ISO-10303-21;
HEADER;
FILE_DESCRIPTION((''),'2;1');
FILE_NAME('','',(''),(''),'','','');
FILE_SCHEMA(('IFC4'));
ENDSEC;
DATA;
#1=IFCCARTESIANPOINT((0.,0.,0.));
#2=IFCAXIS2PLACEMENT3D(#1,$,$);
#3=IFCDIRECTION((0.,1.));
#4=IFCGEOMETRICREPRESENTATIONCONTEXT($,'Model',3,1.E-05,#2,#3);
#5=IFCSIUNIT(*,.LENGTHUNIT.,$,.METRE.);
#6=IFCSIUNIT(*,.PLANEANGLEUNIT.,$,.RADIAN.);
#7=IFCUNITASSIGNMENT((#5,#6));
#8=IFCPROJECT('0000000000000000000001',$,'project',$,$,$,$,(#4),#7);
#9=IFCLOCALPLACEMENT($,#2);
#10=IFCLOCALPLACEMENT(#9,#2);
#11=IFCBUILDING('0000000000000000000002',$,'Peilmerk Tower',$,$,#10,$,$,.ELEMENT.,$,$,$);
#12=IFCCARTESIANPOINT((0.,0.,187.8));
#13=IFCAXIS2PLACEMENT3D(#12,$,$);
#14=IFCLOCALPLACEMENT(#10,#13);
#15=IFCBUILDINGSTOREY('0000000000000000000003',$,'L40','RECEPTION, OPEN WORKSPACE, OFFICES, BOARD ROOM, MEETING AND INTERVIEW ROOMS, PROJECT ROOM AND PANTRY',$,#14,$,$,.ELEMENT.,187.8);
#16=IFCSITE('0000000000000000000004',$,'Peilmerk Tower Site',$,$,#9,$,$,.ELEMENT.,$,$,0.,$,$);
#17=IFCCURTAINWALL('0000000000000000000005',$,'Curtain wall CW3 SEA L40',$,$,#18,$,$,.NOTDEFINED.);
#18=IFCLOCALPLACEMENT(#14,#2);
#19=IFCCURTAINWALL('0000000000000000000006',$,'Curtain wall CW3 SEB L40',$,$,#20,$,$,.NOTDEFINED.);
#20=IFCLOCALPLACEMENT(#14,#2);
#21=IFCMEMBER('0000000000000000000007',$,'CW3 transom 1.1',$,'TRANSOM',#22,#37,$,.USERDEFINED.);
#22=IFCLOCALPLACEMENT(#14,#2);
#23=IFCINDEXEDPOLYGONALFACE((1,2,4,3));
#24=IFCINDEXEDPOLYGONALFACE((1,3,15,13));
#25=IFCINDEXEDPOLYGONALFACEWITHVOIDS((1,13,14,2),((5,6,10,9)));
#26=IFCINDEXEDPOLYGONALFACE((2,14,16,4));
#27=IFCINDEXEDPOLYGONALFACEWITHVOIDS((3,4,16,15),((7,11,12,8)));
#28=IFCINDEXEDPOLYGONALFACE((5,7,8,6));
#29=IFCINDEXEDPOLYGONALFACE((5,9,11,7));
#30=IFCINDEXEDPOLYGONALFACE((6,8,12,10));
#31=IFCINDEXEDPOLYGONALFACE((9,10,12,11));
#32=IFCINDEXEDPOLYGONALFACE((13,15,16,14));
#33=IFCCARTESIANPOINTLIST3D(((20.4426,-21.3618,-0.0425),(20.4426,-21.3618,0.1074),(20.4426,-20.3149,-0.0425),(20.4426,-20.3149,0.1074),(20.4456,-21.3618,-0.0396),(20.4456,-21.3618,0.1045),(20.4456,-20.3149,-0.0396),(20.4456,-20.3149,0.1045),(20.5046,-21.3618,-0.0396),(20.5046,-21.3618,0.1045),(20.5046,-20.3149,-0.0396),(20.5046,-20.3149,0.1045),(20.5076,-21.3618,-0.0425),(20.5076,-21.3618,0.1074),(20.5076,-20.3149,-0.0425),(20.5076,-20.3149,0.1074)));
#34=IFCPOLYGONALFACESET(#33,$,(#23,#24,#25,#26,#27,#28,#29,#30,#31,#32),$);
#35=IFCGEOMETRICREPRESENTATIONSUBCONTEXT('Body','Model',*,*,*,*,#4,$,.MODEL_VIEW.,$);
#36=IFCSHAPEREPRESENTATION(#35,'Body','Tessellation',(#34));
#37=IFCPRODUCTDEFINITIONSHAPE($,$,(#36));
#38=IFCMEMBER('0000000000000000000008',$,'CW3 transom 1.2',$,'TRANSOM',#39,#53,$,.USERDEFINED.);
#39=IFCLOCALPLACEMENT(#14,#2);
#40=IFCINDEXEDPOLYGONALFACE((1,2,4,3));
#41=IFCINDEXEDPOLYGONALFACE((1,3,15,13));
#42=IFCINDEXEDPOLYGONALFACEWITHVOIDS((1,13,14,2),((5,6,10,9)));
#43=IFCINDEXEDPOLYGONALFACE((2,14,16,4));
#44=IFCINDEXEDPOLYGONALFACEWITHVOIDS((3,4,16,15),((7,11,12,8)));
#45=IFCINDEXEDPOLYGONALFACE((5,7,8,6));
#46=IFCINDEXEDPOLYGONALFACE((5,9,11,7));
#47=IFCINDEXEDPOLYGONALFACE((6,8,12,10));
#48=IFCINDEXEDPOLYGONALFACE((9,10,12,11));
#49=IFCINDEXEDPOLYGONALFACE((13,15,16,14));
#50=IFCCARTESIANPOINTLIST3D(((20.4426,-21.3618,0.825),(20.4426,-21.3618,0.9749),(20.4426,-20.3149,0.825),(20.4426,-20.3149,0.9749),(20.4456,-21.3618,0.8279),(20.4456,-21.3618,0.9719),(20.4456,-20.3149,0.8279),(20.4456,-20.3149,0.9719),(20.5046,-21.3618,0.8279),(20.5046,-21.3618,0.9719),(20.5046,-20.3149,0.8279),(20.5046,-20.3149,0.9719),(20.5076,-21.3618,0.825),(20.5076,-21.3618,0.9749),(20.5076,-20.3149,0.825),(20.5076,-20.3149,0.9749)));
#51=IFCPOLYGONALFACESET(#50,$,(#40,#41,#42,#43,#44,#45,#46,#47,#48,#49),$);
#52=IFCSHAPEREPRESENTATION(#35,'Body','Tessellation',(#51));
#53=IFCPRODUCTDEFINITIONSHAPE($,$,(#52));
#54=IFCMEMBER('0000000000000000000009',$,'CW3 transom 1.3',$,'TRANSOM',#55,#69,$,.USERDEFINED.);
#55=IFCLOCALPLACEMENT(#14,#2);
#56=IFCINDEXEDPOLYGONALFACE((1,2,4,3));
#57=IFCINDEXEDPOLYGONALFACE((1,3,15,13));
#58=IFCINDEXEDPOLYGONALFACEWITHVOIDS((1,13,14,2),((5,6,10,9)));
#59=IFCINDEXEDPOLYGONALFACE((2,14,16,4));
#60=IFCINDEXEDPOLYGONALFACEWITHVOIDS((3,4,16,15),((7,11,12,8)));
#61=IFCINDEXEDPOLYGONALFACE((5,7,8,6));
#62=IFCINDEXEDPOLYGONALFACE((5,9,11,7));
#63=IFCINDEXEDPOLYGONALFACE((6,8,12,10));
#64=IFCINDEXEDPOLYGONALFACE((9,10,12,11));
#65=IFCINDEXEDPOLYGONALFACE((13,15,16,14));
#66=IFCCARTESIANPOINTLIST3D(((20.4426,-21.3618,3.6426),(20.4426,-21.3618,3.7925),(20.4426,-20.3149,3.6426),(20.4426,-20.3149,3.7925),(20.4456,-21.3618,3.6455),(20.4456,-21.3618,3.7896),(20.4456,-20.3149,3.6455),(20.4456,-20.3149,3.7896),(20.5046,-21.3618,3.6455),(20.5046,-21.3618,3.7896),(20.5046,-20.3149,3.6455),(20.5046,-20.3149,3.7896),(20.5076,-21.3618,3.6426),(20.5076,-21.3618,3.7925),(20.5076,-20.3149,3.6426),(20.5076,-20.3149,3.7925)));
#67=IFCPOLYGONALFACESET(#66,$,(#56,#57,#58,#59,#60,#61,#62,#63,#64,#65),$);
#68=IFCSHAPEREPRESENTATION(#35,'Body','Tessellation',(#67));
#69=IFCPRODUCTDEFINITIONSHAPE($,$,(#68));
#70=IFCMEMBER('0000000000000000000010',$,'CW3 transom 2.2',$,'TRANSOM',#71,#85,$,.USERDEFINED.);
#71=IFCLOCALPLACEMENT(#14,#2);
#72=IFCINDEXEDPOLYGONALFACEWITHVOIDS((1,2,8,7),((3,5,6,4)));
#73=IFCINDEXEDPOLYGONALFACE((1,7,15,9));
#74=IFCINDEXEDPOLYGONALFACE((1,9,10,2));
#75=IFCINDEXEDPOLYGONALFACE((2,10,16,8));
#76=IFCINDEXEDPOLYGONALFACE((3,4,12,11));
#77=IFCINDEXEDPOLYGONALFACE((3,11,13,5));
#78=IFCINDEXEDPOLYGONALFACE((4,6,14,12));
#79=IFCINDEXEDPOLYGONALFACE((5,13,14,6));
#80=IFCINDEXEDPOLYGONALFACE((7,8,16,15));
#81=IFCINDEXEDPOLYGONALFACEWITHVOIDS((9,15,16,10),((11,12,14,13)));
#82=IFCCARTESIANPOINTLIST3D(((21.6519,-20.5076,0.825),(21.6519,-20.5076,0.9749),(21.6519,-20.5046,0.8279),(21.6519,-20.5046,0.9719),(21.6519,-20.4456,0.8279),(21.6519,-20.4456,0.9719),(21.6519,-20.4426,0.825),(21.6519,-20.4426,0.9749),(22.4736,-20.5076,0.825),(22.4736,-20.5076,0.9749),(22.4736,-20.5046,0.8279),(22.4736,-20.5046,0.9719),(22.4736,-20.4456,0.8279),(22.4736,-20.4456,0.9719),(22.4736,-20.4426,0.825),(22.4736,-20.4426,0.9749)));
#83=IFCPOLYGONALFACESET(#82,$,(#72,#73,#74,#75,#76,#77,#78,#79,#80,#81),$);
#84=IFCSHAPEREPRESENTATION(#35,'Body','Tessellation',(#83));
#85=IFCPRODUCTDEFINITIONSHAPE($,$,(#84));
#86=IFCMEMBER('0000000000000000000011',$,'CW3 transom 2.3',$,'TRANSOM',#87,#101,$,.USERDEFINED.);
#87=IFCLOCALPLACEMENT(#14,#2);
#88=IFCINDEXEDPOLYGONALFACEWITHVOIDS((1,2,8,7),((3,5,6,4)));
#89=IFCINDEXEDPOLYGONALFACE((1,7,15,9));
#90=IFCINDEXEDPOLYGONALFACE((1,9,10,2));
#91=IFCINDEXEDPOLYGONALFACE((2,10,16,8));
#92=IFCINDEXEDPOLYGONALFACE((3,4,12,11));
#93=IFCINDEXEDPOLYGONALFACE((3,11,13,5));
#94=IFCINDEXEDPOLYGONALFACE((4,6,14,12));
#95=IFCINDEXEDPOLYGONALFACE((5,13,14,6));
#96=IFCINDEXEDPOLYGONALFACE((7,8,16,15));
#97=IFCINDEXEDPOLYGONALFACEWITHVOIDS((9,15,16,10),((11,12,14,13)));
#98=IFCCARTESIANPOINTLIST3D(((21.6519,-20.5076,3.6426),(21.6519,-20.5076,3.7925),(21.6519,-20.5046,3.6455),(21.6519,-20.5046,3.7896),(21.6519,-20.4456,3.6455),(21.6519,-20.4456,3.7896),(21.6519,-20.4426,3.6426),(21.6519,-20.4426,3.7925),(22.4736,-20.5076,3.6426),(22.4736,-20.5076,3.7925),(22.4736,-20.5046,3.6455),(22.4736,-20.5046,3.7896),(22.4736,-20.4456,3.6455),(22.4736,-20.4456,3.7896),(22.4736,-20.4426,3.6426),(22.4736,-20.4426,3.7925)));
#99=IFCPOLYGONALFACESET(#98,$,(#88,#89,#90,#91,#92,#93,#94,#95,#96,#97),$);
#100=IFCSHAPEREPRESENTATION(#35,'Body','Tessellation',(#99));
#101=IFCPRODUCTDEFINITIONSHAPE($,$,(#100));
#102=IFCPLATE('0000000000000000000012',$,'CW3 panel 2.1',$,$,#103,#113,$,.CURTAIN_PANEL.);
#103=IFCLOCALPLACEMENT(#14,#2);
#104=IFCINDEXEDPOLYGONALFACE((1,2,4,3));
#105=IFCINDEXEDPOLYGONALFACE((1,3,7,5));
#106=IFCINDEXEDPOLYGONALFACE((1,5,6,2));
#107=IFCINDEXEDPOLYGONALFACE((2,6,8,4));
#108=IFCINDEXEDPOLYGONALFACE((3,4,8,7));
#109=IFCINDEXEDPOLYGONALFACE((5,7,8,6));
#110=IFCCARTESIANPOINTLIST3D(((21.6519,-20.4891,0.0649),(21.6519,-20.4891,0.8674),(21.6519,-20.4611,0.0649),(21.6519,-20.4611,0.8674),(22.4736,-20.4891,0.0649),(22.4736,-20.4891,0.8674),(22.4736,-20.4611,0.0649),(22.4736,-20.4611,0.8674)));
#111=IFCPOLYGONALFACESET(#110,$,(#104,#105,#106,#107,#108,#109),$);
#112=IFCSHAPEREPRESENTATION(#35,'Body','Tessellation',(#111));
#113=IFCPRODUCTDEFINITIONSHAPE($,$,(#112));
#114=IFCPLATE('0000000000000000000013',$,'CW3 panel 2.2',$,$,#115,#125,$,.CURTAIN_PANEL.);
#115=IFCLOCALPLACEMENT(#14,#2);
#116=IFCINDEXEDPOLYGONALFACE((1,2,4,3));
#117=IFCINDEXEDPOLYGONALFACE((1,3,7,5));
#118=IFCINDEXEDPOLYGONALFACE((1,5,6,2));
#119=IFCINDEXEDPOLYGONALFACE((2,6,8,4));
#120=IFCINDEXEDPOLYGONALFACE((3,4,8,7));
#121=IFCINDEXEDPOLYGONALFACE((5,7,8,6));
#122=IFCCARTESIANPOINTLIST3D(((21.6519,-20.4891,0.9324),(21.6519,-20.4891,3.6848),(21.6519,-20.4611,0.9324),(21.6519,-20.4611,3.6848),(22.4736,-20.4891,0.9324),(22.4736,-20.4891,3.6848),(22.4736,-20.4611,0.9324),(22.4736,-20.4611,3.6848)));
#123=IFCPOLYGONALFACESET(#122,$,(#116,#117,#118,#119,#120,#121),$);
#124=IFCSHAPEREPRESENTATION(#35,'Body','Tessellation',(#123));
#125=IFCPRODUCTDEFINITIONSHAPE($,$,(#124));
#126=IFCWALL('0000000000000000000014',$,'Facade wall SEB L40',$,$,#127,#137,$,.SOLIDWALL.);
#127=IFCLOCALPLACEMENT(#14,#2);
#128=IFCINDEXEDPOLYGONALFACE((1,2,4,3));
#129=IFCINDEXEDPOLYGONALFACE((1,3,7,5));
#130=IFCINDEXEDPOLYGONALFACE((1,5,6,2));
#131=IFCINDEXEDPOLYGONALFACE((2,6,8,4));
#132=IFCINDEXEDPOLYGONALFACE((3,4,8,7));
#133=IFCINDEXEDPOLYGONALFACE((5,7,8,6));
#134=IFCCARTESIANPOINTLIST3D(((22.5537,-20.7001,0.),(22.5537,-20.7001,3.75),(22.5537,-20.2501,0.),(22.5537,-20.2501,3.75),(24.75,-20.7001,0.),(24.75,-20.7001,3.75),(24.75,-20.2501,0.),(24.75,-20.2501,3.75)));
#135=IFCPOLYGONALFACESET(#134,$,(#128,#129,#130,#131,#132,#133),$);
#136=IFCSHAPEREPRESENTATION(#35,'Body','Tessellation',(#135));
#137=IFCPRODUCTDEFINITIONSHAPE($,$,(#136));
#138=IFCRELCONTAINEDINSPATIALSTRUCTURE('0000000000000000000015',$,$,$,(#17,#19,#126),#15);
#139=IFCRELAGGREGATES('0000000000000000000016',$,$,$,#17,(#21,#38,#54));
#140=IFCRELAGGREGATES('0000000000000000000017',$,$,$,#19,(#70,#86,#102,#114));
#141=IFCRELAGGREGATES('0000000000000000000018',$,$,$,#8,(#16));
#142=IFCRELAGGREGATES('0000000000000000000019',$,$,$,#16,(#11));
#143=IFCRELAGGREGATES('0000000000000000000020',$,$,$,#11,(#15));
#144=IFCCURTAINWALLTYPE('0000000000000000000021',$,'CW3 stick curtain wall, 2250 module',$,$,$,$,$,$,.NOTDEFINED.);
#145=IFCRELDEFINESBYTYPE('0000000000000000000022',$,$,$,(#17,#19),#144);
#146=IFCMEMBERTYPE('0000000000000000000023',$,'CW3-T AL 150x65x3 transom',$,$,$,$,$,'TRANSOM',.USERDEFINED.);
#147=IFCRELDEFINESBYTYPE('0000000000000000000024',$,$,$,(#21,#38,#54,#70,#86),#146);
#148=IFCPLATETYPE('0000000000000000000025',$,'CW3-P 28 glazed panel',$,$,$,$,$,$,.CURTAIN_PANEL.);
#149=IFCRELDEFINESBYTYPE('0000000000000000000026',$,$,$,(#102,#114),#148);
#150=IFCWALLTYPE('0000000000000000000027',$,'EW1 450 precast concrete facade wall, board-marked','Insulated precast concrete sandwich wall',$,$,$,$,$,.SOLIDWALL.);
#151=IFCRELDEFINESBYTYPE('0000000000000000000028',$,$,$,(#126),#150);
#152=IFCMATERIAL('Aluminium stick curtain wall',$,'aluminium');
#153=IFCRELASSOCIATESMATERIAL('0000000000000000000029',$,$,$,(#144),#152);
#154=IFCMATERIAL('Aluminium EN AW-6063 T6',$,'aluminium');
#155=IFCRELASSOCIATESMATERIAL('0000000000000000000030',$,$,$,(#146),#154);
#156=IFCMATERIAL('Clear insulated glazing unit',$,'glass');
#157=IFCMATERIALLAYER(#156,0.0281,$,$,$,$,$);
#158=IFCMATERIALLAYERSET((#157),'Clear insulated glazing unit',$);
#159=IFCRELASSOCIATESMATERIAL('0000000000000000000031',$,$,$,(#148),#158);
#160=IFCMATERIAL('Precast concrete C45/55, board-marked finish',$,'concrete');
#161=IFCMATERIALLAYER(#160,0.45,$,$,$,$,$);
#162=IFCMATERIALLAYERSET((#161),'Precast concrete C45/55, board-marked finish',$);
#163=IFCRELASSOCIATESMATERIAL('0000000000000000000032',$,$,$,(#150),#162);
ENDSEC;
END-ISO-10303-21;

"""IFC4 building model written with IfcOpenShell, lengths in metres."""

from ifc_helpers import new_model, si_unit, direction, frame, frame_2d, origin, origin_2d, place, context, subcontext, project, spatial, rectangle, hollow_rectangle, extrude, material, layer, layer_set, material_profile, profile_set, type_object, element, aggregate, save


model = new_model("IFC4")

# Units and contexts
model_context = context("Model", 3, precision=1e-05, world=origin(), true_north=direction((0.0, 1.0)))
body_context = subcontext(model_context, "Body", "Model", "MODEL_VIEW")
ifc_project = project(units=[si_unit("LENGTHUNIT", "METRE"), si_unit("PLANEANGLEUNIT", "RADIAN")], contexts=[model_context])

# Site, building, storey
site_placement = place(None, origin())
site = spatial("IfcSite", under=ifc_project, at=site_placement, Name="Peilmerk Tower Site", CompositionType="ELEMENT", RefElevation=0.0)
building_placement = place(site_placement, origin())
building = spatial("IfcBuilding", under=site, at=building_placement, Name="Peilmerk Tower", CompositionType="ELEMENT")
storey_placement = place(building_placement, frame((0.0, 0.0, 187.8)))
storey = spatial("IfcBuildingStorey", under=building, at=storey_placement, Name="L40", Description="RECEPTION, OPEN WORKSPACE, OFFICES, BOARD ROOM, MEETING AND INTERVIEW ROOMS, PROJECT ROOM AND PANTRY", CompositionType="ELEMENT", Elevation=187.8)

# Curtain walls
ifc_material_1 = material(Name="Aluminium stick curtain wall", Category="aluminium")
curtain_wall_type = type_object("IfcCurtainWallType", Name="CW3 stick curtain wall, 2250 module", PredefinedType="NOTDEFINED", material=ifc_material_1)
curtain_wall_1_placement = place(storey_placement, origin())
curtain_wall_1 = element("IfcCurtainWall", 1, at=curtain_wall_1_placement, inside=storey, type_object=curtain_wall_type, Name="Curtain wall CW3 SEA L40", PredefinedType="NOTDEFINED")
ifc_material_2 = material(Name="Aluminium EN AW-6063 T6", Category="aluminium")
curtain_wall_2_placement = place(storey_placement, origin())
curtain_wall_2 = element("IfcCurtainWall", 2, at=curtain_wall_2_placement, inside=storey, type_object=curtain_wall_type, Name="Curtain wall CW3 SEB L40", PredefinedType="NOTDEFINED")

# Members
ifc_material_profile_1 = material_profile(ifc_material_2, hollow_rectangle(XDim=0.0649, YDim=0.1499, WallThickness=0.0029, at=origin_2d()), Name="AL 150x65x3")
ifc_profile_set_1 = profile_set([ifc_material_profile_1], Name="Aluminium EN AW-6063 T6")
member_type_1 = type_object("IfcMemberType", Name="CW3-T AL 150x65x3 transom", ElementType="TRANSOM", PredefinedType="USERDEFINED", material=ifc_profile_set_1)
member_1_placement = place(storey_placement, frame((20.4751, -20.3149, 0.0325), z_axis=(0.0, -1.0, 0.0), x_axis=(1.0, 0.0, 0.0)))
member_1 = element("IfcMember", 3, at=member_1_placement, type_object=member_type_1, Name="CW3 transom 1.1", ObjectType="TRANSOM", PredefinedType="USERDEFINED", context=body_context, shape_type="SweptSolid", body=[
    extrude(hollow_rectangle(XDim=0.0649, YDim=0.1499, WallThickness=0.0029, at=origin_2d()), origin(), (0.0, 0.0, 1.0), 1.0469),
])
member_2_placement = place(storey_placement, frame((20.4751, -20.3149, 0.8999), z_axis=(0.0, -1.0, 0.0), x_axis=(1.0, 0.0, 0.0)))
member_2 = element("IfcMember", 4, at=member_2_placement, type_object=member_type_1, Name="CW3 transom 1.2", ObjectType="TRANSOM", PredefinedType="USERDEFINED", context=body_context, shape_type="SweptSolid", body=[
    extrude(hollow_rectangle(XDim=0.0649, YDim=0.1499, WallThickness=0.0029, at=origin_2d()), origin(), (0.0, 0.0, 1.0), 1.0469),
])
member_3_placement = place(storey_placement, frame((20.4751, -20.3149, 3.7175), z_axis=(0.0, -1.0, 0.0), x_axis=(1.0, 0.0, 0.0)))
member_3 = element("IfcMember", 5, at=member_3_placement, type_object=member_type_1, Name="CW3 transom 1.3", ObjectType="TRANSOM", PredefinedType="USERDEFINED", context=body_context, shape_type="SweptSolid", body=[
    extrude(hollow_rectangle(XDim=0.0649, YDim=0.1499, WallThickness=0.0029, at=origin_2d()), origin(), (0.0, 0.0, 1.0), 1.0469),
])
aggregate(curtain_wall_1, [member_1, member_2, member_3])
member_4_placement = place(storey_placement, frame((21.6519, -20.4751, 0.8999), z_axis=(1.0, 0.0, 0.0), x_axis=(0.0, 1.0, 0.0)))
member_4 = element("IfcMember", 6, at=member_4_placement, type_object=member_type_1, Name="CW3 transom 2.2", ObjectType="TRANSOM", PredefinedType="USERDEFINED", context=body_context, shape_type="SweptSolid", body=[
    extrude(hollow_rectangle(XDim=0.0649, YDim=0.1499, WallThickness=0.0029, at=origin_2d()), origin(), (0.0, 0.0, 1.0), 0.8218),
])
member_5_placement = place(storey_placement, frame((21.6519, -20.4751, 3.7175), z_axis=(1.0, 0.0, 0.0), x_axis=(0.0, 1.0, 0.0)))
member_5 = element("IfcMember", 7, at=member_5_placement, type_object=member_type_1, Name="CW3 transom 2.3", ObjectType="TRANSOM", PredefinedType="USERDEFINED", context=body_context, shape_type="SweptSolid", body=[
    extrude(hollow_rectangle(XDim=0.0649, YDim=0.1499, WallThickness=0.0029, at=origin_2d()), origin(), (0.0, 0.0, 1.0), 0.8218),
])

# Plates
ifc_material_3 = material(Name="Clear insulated glazing unit", Category="glass")
ifc_layer_1 = layer(ifc_material_3, 0.0281)
ifc_layer_set_1 = layer_set([ifc_layer_1], Name="Clear insulated glazing unit")
plate_type = type_object("IfcPlateType", Name="CW3-P 28 glazed panel", PredefinedType="CURTAIN_PANEL", material=ifc_layer_set_1)
plate_1_placement = place(storey_placement, frame((22.0627, -20.4751, 0.0649), z_axis=(0.0, 0.0, 1.0), x_axis=(1.0, 0.0, 0.0)))
plate_1 = element("IfcPlate", 8, at=plate_1_placement, type_object=plate_type, Name="CW3 panel 2.1", PredefinedType="CURTAIN_PANEL", context=body_context, shape_type="SweptSolid", body=[
    extrude(rectangle(XDim=0.8218, YDim=0.0281, at=origin_2d()), origin(), (0.0, 0.0, 1.0), 0.8025),
])
plate_2_placement = place(storey_placement, frame((22.0627, -20.4751, 0.9324), z_axis=(0.0, 0.0, 1.0), x_axis=(1.0, 0.0, 0.0)))
plate_2 = element("IfcPlate", 9, at=plate_2_placement, type_object=plate_type, Name="CW3 panel 2.2", PredefinedType="CURTAIN_PANEL", context=body_context, shape_type="SweptSolid", body=[
    extrude(rectangle(XDim=0.8218, YDim=0.0281, at=origin_2d()), origin(), (0.0, 0.0, 1.0), 2.7524),
])
aggregate(curtain_wall_2, [member_4, member_5, plate_1, plate_2])

# Wall
ifc_material_4 = material(Name="Precast concrete C45/55, board-marked finish", Category="concrete")
ifc_layer_2 = layer(ifc_material_4, 0.45)
ifc_layer_set_2 = layer_set([ifc_layer_2], Name="Precast concrete C45/55, board-marked finish")
wall_type_1 = type_object("IfcWallType", Name="EW1 450 precast concrete facade wall, board-marked", Description="Insulated precast concrete sandwich wall", PredefinedType="SOLIDWALL", material=ifc_layer_set_2)
wall_1_placement = place(storey_placement, frame((22.5537, -20.4751, 0.0), z_axis=(0.0, 0.0, 1.0), x_axis=(1.0, 0.0, 0.0)))
element("IfcWall", 10, at=wall_1_placement, inside=storey, type_object=wall_type_1, Name="Facade wall SEB L40", PredefinedType="SOLIDWALL", context=body_context, shape_type="SweptSolid", body=[
    extrude(rectangle(XDim=2.1963, YDim=0.45, at=frame_2d((1.0981, 0.0))), origin(), (0.0, 0.0, 1.0), 3.75),
])

save(model, "model.ifc")
